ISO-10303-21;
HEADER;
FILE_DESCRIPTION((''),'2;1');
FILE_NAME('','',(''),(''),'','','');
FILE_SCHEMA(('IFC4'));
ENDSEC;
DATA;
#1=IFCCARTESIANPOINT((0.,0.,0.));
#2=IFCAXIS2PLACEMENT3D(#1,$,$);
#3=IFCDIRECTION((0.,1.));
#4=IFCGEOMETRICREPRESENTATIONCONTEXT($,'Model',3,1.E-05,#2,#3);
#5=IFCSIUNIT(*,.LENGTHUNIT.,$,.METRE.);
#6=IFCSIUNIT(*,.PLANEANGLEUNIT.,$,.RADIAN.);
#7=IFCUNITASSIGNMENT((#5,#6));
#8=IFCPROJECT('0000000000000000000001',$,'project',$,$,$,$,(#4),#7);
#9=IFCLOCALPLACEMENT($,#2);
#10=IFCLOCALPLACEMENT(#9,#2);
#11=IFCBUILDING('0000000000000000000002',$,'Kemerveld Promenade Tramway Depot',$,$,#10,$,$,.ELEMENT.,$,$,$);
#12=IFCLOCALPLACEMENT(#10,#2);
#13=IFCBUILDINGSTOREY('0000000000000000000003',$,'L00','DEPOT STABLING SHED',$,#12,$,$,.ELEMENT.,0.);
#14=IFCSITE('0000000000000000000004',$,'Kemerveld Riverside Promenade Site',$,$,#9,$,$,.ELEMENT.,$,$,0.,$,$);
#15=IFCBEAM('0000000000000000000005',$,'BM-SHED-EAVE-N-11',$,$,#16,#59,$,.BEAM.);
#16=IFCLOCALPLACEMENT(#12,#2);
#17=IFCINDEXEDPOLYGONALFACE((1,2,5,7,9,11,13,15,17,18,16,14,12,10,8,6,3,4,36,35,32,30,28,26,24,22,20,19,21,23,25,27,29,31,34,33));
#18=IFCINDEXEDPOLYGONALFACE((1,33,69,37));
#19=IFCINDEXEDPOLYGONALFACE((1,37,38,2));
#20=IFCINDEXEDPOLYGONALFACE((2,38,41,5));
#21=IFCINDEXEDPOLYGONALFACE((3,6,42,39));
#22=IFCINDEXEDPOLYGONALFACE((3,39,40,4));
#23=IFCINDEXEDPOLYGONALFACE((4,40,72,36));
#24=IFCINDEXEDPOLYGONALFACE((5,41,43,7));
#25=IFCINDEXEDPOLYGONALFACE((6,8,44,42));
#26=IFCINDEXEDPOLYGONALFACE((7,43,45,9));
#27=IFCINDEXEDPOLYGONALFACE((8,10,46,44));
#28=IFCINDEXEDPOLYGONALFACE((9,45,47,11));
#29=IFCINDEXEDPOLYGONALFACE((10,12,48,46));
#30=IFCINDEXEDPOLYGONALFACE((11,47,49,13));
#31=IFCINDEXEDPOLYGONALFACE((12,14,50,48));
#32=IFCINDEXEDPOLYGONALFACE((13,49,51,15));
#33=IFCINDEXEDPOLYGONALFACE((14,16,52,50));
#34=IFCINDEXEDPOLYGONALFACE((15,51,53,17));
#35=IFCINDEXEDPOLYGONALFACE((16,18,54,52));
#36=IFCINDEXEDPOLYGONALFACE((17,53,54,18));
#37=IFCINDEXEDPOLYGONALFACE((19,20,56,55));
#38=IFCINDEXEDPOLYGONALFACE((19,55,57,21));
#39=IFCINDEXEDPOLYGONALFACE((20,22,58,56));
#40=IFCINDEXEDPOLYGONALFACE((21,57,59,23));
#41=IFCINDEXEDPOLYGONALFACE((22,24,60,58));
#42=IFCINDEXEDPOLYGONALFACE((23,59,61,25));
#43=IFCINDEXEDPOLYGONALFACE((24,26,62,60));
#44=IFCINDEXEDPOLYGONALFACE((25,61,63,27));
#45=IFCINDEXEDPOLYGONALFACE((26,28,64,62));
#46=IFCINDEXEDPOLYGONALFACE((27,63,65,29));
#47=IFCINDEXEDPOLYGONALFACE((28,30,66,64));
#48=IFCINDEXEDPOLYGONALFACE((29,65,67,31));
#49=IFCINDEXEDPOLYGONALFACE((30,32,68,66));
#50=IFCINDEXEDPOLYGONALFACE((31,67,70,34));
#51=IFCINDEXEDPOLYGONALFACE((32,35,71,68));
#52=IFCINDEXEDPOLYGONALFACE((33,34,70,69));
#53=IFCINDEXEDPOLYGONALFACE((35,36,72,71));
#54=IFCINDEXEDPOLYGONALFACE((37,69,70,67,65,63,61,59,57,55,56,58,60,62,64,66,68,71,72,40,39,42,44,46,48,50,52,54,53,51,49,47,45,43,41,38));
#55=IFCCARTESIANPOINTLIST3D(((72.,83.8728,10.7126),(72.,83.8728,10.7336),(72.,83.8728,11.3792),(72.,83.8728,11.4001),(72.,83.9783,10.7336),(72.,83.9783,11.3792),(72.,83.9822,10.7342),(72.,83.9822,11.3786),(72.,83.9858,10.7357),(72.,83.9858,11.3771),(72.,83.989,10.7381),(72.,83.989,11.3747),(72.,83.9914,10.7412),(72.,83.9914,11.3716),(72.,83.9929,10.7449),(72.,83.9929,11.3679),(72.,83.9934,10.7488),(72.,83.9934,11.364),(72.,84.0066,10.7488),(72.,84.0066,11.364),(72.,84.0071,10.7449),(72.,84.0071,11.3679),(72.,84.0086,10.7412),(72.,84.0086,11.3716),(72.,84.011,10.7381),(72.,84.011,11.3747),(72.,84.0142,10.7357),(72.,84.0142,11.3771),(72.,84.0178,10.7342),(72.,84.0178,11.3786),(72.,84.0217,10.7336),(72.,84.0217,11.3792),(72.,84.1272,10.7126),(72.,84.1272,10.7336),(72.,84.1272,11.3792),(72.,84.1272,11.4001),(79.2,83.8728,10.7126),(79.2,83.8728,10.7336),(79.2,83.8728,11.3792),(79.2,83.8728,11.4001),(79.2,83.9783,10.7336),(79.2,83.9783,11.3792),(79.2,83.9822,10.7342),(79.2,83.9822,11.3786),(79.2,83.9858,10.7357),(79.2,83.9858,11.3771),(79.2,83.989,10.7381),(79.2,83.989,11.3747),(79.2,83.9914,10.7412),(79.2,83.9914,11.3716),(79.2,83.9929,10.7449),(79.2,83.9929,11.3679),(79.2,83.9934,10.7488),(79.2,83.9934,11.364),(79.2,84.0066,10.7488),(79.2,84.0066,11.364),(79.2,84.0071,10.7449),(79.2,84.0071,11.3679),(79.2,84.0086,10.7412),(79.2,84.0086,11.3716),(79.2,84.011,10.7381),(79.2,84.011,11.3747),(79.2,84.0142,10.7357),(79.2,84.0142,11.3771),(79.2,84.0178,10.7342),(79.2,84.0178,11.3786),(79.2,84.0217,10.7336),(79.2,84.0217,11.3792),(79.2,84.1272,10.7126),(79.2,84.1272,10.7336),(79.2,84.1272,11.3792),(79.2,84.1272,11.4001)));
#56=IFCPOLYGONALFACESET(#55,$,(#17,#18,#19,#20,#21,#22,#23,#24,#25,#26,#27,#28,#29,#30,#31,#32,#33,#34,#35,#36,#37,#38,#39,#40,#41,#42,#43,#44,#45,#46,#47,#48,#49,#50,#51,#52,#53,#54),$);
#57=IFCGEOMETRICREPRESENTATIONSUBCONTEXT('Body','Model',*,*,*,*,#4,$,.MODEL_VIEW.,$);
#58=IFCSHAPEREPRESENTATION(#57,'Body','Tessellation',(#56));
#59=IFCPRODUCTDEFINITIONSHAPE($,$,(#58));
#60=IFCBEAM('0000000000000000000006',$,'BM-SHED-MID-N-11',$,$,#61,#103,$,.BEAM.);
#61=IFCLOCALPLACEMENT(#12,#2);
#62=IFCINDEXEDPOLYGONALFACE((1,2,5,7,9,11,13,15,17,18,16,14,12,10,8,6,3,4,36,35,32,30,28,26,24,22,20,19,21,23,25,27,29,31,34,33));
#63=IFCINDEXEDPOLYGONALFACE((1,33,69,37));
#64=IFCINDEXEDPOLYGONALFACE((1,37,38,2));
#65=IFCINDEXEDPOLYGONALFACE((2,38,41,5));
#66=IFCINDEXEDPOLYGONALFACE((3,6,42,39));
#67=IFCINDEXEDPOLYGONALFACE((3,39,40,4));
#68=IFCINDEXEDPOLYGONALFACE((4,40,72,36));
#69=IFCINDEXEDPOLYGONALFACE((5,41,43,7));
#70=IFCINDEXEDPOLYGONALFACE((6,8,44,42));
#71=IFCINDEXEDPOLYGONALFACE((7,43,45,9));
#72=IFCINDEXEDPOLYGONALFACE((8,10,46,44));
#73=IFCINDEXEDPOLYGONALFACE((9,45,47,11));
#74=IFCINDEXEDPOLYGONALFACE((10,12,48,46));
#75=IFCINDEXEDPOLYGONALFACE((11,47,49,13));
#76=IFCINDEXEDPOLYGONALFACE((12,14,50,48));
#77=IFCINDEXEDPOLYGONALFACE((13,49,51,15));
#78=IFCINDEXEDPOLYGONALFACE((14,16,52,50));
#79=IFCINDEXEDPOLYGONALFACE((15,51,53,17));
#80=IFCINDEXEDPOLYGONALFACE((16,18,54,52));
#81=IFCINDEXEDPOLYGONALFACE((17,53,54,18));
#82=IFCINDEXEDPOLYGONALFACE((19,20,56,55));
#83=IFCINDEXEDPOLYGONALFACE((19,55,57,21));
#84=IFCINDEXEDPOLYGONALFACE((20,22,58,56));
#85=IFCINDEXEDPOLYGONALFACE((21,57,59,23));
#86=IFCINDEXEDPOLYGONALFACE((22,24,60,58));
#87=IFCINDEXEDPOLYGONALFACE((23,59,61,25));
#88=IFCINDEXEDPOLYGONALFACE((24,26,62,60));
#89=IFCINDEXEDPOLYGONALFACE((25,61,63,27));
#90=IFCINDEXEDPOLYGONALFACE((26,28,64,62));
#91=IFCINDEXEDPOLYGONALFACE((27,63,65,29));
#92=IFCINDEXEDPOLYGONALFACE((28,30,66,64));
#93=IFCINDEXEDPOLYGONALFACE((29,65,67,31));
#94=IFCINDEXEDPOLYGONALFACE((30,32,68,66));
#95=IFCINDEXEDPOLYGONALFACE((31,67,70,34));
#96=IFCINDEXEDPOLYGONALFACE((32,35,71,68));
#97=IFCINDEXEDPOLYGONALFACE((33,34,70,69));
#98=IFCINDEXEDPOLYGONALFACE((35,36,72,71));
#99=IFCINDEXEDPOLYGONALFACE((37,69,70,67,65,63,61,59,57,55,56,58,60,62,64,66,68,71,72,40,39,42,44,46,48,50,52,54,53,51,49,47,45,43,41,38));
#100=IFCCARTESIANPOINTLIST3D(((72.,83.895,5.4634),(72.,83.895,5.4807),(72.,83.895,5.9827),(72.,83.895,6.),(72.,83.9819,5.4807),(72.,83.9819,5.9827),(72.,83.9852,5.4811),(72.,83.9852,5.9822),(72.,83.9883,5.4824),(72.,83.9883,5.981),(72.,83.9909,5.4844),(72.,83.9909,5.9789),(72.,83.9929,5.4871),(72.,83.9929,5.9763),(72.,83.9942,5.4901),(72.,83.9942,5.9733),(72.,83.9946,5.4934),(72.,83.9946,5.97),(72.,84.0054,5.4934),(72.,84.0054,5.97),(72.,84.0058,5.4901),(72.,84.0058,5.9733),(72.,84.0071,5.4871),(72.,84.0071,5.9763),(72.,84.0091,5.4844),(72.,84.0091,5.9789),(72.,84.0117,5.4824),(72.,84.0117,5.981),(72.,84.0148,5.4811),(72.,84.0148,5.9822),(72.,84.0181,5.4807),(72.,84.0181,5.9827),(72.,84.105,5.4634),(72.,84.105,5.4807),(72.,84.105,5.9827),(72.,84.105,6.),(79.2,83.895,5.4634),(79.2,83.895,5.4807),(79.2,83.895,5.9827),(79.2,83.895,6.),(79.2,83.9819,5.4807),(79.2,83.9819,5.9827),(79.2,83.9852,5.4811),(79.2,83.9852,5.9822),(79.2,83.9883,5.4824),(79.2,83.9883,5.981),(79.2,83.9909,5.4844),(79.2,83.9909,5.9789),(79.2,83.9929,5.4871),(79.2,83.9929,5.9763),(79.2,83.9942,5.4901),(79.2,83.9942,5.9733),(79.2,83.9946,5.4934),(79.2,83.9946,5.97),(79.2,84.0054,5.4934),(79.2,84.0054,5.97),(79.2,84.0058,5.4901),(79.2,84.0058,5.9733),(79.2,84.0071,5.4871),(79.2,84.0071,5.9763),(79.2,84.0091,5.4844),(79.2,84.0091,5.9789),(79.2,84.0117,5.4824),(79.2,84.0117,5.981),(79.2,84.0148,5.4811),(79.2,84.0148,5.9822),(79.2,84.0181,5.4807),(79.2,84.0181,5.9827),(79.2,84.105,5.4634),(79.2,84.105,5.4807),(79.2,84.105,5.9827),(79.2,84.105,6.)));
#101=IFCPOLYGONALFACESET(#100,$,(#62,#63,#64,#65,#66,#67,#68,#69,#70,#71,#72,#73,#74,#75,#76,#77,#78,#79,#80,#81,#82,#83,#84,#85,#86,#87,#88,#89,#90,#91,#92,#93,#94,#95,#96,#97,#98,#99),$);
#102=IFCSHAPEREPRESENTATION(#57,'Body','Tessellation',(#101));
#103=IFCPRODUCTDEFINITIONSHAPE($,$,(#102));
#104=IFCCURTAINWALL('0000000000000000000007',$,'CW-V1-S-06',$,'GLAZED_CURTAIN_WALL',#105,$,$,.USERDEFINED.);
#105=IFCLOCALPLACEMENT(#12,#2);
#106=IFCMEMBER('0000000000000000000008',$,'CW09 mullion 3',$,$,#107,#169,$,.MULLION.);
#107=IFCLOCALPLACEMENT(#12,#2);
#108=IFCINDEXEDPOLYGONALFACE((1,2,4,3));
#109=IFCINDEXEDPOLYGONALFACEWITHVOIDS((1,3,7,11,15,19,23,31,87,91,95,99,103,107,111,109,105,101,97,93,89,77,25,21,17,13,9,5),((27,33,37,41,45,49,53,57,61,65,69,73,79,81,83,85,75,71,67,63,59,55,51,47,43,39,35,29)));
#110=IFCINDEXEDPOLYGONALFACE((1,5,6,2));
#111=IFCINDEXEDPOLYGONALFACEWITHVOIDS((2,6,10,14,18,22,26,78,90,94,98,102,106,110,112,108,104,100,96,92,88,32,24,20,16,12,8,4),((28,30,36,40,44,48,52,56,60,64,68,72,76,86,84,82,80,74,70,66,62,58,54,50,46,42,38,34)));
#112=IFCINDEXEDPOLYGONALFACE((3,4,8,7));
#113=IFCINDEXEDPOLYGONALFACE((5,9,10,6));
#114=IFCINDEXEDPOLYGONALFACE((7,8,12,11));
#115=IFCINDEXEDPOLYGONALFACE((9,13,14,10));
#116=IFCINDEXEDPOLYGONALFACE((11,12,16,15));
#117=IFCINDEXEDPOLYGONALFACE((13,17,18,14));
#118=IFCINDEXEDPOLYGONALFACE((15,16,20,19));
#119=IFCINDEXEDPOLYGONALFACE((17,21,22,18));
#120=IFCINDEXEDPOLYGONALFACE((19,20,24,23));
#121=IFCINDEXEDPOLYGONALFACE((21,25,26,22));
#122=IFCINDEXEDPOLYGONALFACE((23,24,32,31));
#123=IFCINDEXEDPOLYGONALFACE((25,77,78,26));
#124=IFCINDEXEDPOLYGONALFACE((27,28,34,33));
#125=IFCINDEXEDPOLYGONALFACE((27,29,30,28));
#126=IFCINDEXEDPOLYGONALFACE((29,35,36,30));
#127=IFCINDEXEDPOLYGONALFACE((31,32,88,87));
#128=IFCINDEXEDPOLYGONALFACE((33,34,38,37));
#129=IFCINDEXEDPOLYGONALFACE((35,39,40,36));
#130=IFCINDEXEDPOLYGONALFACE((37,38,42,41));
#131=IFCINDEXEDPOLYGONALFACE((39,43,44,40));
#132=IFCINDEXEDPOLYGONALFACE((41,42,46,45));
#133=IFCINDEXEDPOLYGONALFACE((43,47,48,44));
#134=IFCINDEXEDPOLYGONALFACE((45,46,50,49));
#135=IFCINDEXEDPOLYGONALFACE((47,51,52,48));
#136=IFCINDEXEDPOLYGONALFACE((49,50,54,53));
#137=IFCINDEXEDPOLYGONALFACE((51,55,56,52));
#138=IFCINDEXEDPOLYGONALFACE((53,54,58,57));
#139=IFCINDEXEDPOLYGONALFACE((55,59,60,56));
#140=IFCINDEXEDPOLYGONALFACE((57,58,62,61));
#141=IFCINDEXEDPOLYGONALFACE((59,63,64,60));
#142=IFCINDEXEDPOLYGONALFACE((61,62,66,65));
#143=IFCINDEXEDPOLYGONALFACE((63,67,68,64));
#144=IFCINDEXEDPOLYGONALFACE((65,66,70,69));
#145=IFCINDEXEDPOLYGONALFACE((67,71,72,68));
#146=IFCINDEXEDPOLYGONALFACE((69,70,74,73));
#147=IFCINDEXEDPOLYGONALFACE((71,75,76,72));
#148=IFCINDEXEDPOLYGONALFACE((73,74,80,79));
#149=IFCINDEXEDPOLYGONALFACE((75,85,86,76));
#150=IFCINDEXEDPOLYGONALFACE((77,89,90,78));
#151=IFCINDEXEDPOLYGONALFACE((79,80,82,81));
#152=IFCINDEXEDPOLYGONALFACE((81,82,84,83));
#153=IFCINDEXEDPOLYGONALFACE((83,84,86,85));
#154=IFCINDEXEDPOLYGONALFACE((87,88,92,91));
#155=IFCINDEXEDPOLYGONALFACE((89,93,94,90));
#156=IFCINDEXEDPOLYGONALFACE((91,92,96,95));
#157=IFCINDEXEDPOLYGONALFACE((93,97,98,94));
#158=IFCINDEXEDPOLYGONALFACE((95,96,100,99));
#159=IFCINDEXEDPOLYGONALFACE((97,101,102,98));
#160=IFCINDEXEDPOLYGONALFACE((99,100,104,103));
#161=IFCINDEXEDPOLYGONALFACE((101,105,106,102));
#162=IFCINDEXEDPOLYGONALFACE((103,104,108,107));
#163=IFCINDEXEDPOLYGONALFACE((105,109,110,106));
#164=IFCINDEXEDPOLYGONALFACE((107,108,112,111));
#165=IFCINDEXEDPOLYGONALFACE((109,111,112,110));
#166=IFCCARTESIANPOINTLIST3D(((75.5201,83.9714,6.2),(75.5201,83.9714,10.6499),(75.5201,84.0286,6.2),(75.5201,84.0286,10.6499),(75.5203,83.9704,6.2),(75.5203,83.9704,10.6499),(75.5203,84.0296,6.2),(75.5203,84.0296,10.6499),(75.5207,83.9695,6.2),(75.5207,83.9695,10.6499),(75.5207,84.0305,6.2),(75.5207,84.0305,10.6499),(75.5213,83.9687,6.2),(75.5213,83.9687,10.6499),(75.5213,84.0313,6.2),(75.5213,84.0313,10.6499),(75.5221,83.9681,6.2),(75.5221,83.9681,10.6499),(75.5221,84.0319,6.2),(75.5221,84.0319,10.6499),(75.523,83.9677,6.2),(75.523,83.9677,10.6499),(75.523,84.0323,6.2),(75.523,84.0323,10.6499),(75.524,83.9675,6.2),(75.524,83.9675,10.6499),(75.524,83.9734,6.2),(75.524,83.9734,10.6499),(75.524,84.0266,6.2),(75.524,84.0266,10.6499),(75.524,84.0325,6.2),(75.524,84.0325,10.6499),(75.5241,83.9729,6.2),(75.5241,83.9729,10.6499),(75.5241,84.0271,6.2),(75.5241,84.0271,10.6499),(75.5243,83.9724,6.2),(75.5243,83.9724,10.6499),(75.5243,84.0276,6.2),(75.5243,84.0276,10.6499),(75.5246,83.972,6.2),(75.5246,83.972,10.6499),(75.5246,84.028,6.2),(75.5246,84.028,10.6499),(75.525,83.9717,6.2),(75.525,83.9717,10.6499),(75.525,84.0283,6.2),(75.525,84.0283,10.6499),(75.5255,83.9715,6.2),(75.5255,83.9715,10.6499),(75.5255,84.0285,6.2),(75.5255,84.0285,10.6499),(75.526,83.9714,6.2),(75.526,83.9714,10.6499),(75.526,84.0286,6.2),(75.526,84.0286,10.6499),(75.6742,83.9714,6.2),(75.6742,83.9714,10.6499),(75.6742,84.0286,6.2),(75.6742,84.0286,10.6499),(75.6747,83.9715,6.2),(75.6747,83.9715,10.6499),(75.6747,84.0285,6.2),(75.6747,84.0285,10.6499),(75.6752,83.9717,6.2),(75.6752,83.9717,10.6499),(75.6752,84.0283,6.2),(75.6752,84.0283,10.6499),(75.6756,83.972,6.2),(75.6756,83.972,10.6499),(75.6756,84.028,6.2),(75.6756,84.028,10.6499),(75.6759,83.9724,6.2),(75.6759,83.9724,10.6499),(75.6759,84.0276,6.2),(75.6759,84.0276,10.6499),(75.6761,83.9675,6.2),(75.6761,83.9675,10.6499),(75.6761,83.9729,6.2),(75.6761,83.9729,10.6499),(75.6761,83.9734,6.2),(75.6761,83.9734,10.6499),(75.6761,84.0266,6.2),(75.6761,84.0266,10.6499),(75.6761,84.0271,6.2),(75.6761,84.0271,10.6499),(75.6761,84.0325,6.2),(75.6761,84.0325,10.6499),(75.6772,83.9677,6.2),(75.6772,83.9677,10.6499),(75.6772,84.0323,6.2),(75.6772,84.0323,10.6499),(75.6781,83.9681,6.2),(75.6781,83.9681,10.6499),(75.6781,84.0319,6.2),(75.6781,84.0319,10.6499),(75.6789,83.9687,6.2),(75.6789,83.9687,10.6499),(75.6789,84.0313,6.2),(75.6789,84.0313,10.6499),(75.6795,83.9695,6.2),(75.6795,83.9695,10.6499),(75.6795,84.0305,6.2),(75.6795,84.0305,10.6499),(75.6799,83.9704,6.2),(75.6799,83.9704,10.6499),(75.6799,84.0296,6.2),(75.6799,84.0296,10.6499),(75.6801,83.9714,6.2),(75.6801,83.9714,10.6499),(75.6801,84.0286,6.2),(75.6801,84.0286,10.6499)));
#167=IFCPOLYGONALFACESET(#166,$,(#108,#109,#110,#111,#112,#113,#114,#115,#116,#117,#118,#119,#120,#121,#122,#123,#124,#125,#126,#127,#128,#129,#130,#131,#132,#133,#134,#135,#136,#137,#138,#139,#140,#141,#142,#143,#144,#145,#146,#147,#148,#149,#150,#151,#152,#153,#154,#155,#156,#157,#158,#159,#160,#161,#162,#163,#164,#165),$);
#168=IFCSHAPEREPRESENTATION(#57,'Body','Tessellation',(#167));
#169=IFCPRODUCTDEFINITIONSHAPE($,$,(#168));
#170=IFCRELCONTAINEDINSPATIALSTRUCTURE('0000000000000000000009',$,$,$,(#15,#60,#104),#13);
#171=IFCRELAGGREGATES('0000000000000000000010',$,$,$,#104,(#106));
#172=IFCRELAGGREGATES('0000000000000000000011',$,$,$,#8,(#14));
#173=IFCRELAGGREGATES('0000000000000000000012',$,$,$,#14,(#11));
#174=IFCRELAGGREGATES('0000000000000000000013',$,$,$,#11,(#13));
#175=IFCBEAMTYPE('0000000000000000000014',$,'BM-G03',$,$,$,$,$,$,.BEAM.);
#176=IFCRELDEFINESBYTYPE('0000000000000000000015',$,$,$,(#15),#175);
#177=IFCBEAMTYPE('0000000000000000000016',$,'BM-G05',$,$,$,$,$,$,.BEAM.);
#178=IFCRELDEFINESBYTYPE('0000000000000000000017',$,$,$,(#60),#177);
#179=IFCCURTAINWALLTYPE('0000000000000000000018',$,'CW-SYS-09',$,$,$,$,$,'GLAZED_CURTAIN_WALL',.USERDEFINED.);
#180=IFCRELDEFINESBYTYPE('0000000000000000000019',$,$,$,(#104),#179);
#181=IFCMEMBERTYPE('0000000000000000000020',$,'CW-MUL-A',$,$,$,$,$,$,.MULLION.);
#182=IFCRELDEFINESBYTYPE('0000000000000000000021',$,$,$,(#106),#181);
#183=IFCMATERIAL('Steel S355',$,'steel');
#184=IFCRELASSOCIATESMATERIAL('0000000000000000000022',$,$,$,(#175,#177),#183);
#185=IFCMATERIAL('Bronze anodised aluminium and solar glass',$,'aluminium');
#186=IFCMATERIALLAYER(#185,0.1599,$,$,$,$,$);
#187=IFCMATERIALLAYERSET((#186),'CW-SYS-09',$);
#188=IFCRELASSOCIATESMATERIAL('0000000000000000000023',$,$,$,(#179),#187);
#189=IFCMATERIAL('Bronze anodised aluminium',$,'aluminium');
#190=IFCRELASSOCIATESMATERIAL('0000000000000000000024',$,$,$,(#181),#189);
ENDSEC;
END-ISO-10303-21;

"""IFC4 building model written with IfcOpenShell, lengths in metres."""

from ifc_helpers import new_model, si_unit, direction, frame, origin, origin_2d, place, context, subcontext, project, spatial, hollow_rectangle, i_section, extrude, material, layer, layer_set, material_profile, profile_set, type_object, element, aggregate, save


model = new_model("IFC4")

# Units and contexts
model_context = context("Model", 3, precision=1e-05, world=origin(), true_north=direction((0.0, 1.0)))
body_context = subcontext(model_context, "Body", "Model", "MODEL_VIEW")
ifc_project = project(units=[si_unit("LENGTHUNIT", "METRE"), si_unit("PLANEANGLEUNIT", "RADIAN")], contexts=[model_context])

# Site, building, storey
site_placement = place(None, origin())
site = spatial("IfcSite", under=ifc_project, at=site_placement, Name="Kemerveld Riverside Promenade Site", CompositionType="ELEMENT", RefElevation=0.0)
building_placement = place(site_placement, origin())
building = spatial("IfcBuilding", under=site, at=building_placement, Name="Kemerveld Promenade Tramway Depot", CompositionType="ELEMENT")
storey_placement = place(building_placement, origin())
storey = spatial("IfcBuildingStorey", under=building, at=storey_placement, Name="L00", Description="DEPOT STABLING SHED", CompositionType="ELEMENT", Elevation=0.0)

# Shared definitions
ifc_material_1 = material(Name="Steel S355", Category="steel")

# Beams
ifc_material_profile_1 = material_profile(ifc_material_1, i_section(OverallWidth=0.2544, OverallDepth=0.6875, WebThickness=0.0132, FlangeThickness=0.021, FilletRadius=0.0151, at=origin_2d()), Name="686x254x152 UB")
ifc_profile_set_1 = profile_set([ifc_material_profile_1], Name="Steel S355")
beam_type_1 = type_object("IfcBeamType", Name="BM-G03", PredefinedType="BEAM", material=ifc_profile_set_1)
beam_1_placement = place(storey_placement, frame((72.0, 84.0, 11.0564), z_axis=(1.0, 0.0, 0.0), x_axis=(0.0, 1.0, 0.0)))
element("IfcBeam", 1, at=beam_1_placement, inside=storey, type_object=beam_type_1, Name="BM-SHED-EAVE-N-11", PredefinedType="BEAM", context=body_context, shape_type="SweptSolid", body=[
    extrude(i_section(OverallWidth=0.2544, OverallDepth=0.6875, WebThickness=0.0132, FlangeThickness=0.021, FilletRadius=0.0151, at=origin_2d()), origin(), (0.0, 0.0, 1.0), 7.2),
])
ifc_material_profile_2 = material_profile(ifc_material_1, i_section(OverallWidth=0.21, OverallDepth=0.5366, WebThickness=0.0107, FlangeThickness=0.0173, FilletRadius=0.0127, at=origin_2d()), Name="533x210x101 UB")
ifc_profile_set_2 = profile_set([ifc_material_profile_2], Name="Steel S355")
beam_type_2 = type_object("IfcBeamType", Name="BM-G05", PredefinedType="BEAM", material=ifc_profile_set_2)
beam_2_placement = place(storey_placement, frame((72.0, 84.0, 5.7317), z_axis=(1.0, 0.0, 0.0), x_axis=(0.0, 1.0, 0.0)))
element("IfcBeam", 2, at=beam_2_placement, inside=storey, type_object=beam_type_2, Name="BM-SHED-MID-N-11", PredefinedType="BEAM", context=body_context, shape_type="SweptSolid", body=[
    extrude(i_section(OverallWidth=0.21, OverallDepth=0.5366, WebThickness=0.0107, FlangeThickness=0.0173, FilletRadius=0.0127, at=origin_2d()), origin(), (0.0, 0.0, 1.0), 7.2),
])

# Curtain wall, member
ifc_material_2 = material(Name="Bronze anodised aluminium and solar glass", Category="aluminium")
ifc_layer_1 = layer(ifc_material_2, 0.1599)
ifc_layer_set_1 = layer_set([ifc_layer_1], Name="CW-SYS-09")
curtain_wall_type_1 = type_object("IfcCurtainWallType", Name="CW-SYS-09", ElementType="GLAZED_CURTAIN_WALL", PredefinedType="USERDEFINED", material=ifc_layer_set_1)
curtain_wall_1_placement = place(storey_placement, origin())
curtain_wall_1 = element("IfcCurtainWall", 3, at=curtain_wall_1_placement, inside=storey, type_object=curtain_wall_type_1, Name="CW-V1-S-06", ObjectType="GLAZED_CURTAIN_WALL", PredefinedType="USERDEFINED")
ifc_material_3 = material(Name="Bronze anodised aluminium", Category="aluminium")
ifc_material_profile_3 = material_profile(ifc_material_3, hollow_rectangle(XDim=0.0649, YDim=0.1599, WallThickness=0.0039, InnerFilletRadius=0.002, OuterFilletRadius=0.0039, at=origin_2d()), Name="CW-MUL-160x65")
ifc_profile_set_3 = profile_set([ifc_material_profile_3], Name="Bronze anodised aluminium")
member_type_1 = type_object("IfcMemberType", Name="CW-MUL-A", PredefinedType="MULLION", material=ifc_profile_set_3)
member_1_placement = place(storey_placement, frame((75.6001, 84.0, 6.2), z_axis=(0.0, 0.0, 1.0), x_axis=(0.0, -1.0, 0.0)))
member_1 = element("IfcMember", 4, at=member_1_placement, type_object=member_type_1, Name="CW09 mullion 3", PredefinedType="MULLION", context=body_context, shape_type="SweptSolid", body=[
    extrude(hollow_rectangle(XDim=0.0649, YDim=0.1599, WallThickness=0.0039, InnerFilletRadius=0.002, OuterFilletRadius=0.0039, at=origin_2d()), origin(), (0.0, 0.0, 1.0), 4.45),
])

aggregate(curtain_wall_1, [member_1])

save(model, "model.ifc")
